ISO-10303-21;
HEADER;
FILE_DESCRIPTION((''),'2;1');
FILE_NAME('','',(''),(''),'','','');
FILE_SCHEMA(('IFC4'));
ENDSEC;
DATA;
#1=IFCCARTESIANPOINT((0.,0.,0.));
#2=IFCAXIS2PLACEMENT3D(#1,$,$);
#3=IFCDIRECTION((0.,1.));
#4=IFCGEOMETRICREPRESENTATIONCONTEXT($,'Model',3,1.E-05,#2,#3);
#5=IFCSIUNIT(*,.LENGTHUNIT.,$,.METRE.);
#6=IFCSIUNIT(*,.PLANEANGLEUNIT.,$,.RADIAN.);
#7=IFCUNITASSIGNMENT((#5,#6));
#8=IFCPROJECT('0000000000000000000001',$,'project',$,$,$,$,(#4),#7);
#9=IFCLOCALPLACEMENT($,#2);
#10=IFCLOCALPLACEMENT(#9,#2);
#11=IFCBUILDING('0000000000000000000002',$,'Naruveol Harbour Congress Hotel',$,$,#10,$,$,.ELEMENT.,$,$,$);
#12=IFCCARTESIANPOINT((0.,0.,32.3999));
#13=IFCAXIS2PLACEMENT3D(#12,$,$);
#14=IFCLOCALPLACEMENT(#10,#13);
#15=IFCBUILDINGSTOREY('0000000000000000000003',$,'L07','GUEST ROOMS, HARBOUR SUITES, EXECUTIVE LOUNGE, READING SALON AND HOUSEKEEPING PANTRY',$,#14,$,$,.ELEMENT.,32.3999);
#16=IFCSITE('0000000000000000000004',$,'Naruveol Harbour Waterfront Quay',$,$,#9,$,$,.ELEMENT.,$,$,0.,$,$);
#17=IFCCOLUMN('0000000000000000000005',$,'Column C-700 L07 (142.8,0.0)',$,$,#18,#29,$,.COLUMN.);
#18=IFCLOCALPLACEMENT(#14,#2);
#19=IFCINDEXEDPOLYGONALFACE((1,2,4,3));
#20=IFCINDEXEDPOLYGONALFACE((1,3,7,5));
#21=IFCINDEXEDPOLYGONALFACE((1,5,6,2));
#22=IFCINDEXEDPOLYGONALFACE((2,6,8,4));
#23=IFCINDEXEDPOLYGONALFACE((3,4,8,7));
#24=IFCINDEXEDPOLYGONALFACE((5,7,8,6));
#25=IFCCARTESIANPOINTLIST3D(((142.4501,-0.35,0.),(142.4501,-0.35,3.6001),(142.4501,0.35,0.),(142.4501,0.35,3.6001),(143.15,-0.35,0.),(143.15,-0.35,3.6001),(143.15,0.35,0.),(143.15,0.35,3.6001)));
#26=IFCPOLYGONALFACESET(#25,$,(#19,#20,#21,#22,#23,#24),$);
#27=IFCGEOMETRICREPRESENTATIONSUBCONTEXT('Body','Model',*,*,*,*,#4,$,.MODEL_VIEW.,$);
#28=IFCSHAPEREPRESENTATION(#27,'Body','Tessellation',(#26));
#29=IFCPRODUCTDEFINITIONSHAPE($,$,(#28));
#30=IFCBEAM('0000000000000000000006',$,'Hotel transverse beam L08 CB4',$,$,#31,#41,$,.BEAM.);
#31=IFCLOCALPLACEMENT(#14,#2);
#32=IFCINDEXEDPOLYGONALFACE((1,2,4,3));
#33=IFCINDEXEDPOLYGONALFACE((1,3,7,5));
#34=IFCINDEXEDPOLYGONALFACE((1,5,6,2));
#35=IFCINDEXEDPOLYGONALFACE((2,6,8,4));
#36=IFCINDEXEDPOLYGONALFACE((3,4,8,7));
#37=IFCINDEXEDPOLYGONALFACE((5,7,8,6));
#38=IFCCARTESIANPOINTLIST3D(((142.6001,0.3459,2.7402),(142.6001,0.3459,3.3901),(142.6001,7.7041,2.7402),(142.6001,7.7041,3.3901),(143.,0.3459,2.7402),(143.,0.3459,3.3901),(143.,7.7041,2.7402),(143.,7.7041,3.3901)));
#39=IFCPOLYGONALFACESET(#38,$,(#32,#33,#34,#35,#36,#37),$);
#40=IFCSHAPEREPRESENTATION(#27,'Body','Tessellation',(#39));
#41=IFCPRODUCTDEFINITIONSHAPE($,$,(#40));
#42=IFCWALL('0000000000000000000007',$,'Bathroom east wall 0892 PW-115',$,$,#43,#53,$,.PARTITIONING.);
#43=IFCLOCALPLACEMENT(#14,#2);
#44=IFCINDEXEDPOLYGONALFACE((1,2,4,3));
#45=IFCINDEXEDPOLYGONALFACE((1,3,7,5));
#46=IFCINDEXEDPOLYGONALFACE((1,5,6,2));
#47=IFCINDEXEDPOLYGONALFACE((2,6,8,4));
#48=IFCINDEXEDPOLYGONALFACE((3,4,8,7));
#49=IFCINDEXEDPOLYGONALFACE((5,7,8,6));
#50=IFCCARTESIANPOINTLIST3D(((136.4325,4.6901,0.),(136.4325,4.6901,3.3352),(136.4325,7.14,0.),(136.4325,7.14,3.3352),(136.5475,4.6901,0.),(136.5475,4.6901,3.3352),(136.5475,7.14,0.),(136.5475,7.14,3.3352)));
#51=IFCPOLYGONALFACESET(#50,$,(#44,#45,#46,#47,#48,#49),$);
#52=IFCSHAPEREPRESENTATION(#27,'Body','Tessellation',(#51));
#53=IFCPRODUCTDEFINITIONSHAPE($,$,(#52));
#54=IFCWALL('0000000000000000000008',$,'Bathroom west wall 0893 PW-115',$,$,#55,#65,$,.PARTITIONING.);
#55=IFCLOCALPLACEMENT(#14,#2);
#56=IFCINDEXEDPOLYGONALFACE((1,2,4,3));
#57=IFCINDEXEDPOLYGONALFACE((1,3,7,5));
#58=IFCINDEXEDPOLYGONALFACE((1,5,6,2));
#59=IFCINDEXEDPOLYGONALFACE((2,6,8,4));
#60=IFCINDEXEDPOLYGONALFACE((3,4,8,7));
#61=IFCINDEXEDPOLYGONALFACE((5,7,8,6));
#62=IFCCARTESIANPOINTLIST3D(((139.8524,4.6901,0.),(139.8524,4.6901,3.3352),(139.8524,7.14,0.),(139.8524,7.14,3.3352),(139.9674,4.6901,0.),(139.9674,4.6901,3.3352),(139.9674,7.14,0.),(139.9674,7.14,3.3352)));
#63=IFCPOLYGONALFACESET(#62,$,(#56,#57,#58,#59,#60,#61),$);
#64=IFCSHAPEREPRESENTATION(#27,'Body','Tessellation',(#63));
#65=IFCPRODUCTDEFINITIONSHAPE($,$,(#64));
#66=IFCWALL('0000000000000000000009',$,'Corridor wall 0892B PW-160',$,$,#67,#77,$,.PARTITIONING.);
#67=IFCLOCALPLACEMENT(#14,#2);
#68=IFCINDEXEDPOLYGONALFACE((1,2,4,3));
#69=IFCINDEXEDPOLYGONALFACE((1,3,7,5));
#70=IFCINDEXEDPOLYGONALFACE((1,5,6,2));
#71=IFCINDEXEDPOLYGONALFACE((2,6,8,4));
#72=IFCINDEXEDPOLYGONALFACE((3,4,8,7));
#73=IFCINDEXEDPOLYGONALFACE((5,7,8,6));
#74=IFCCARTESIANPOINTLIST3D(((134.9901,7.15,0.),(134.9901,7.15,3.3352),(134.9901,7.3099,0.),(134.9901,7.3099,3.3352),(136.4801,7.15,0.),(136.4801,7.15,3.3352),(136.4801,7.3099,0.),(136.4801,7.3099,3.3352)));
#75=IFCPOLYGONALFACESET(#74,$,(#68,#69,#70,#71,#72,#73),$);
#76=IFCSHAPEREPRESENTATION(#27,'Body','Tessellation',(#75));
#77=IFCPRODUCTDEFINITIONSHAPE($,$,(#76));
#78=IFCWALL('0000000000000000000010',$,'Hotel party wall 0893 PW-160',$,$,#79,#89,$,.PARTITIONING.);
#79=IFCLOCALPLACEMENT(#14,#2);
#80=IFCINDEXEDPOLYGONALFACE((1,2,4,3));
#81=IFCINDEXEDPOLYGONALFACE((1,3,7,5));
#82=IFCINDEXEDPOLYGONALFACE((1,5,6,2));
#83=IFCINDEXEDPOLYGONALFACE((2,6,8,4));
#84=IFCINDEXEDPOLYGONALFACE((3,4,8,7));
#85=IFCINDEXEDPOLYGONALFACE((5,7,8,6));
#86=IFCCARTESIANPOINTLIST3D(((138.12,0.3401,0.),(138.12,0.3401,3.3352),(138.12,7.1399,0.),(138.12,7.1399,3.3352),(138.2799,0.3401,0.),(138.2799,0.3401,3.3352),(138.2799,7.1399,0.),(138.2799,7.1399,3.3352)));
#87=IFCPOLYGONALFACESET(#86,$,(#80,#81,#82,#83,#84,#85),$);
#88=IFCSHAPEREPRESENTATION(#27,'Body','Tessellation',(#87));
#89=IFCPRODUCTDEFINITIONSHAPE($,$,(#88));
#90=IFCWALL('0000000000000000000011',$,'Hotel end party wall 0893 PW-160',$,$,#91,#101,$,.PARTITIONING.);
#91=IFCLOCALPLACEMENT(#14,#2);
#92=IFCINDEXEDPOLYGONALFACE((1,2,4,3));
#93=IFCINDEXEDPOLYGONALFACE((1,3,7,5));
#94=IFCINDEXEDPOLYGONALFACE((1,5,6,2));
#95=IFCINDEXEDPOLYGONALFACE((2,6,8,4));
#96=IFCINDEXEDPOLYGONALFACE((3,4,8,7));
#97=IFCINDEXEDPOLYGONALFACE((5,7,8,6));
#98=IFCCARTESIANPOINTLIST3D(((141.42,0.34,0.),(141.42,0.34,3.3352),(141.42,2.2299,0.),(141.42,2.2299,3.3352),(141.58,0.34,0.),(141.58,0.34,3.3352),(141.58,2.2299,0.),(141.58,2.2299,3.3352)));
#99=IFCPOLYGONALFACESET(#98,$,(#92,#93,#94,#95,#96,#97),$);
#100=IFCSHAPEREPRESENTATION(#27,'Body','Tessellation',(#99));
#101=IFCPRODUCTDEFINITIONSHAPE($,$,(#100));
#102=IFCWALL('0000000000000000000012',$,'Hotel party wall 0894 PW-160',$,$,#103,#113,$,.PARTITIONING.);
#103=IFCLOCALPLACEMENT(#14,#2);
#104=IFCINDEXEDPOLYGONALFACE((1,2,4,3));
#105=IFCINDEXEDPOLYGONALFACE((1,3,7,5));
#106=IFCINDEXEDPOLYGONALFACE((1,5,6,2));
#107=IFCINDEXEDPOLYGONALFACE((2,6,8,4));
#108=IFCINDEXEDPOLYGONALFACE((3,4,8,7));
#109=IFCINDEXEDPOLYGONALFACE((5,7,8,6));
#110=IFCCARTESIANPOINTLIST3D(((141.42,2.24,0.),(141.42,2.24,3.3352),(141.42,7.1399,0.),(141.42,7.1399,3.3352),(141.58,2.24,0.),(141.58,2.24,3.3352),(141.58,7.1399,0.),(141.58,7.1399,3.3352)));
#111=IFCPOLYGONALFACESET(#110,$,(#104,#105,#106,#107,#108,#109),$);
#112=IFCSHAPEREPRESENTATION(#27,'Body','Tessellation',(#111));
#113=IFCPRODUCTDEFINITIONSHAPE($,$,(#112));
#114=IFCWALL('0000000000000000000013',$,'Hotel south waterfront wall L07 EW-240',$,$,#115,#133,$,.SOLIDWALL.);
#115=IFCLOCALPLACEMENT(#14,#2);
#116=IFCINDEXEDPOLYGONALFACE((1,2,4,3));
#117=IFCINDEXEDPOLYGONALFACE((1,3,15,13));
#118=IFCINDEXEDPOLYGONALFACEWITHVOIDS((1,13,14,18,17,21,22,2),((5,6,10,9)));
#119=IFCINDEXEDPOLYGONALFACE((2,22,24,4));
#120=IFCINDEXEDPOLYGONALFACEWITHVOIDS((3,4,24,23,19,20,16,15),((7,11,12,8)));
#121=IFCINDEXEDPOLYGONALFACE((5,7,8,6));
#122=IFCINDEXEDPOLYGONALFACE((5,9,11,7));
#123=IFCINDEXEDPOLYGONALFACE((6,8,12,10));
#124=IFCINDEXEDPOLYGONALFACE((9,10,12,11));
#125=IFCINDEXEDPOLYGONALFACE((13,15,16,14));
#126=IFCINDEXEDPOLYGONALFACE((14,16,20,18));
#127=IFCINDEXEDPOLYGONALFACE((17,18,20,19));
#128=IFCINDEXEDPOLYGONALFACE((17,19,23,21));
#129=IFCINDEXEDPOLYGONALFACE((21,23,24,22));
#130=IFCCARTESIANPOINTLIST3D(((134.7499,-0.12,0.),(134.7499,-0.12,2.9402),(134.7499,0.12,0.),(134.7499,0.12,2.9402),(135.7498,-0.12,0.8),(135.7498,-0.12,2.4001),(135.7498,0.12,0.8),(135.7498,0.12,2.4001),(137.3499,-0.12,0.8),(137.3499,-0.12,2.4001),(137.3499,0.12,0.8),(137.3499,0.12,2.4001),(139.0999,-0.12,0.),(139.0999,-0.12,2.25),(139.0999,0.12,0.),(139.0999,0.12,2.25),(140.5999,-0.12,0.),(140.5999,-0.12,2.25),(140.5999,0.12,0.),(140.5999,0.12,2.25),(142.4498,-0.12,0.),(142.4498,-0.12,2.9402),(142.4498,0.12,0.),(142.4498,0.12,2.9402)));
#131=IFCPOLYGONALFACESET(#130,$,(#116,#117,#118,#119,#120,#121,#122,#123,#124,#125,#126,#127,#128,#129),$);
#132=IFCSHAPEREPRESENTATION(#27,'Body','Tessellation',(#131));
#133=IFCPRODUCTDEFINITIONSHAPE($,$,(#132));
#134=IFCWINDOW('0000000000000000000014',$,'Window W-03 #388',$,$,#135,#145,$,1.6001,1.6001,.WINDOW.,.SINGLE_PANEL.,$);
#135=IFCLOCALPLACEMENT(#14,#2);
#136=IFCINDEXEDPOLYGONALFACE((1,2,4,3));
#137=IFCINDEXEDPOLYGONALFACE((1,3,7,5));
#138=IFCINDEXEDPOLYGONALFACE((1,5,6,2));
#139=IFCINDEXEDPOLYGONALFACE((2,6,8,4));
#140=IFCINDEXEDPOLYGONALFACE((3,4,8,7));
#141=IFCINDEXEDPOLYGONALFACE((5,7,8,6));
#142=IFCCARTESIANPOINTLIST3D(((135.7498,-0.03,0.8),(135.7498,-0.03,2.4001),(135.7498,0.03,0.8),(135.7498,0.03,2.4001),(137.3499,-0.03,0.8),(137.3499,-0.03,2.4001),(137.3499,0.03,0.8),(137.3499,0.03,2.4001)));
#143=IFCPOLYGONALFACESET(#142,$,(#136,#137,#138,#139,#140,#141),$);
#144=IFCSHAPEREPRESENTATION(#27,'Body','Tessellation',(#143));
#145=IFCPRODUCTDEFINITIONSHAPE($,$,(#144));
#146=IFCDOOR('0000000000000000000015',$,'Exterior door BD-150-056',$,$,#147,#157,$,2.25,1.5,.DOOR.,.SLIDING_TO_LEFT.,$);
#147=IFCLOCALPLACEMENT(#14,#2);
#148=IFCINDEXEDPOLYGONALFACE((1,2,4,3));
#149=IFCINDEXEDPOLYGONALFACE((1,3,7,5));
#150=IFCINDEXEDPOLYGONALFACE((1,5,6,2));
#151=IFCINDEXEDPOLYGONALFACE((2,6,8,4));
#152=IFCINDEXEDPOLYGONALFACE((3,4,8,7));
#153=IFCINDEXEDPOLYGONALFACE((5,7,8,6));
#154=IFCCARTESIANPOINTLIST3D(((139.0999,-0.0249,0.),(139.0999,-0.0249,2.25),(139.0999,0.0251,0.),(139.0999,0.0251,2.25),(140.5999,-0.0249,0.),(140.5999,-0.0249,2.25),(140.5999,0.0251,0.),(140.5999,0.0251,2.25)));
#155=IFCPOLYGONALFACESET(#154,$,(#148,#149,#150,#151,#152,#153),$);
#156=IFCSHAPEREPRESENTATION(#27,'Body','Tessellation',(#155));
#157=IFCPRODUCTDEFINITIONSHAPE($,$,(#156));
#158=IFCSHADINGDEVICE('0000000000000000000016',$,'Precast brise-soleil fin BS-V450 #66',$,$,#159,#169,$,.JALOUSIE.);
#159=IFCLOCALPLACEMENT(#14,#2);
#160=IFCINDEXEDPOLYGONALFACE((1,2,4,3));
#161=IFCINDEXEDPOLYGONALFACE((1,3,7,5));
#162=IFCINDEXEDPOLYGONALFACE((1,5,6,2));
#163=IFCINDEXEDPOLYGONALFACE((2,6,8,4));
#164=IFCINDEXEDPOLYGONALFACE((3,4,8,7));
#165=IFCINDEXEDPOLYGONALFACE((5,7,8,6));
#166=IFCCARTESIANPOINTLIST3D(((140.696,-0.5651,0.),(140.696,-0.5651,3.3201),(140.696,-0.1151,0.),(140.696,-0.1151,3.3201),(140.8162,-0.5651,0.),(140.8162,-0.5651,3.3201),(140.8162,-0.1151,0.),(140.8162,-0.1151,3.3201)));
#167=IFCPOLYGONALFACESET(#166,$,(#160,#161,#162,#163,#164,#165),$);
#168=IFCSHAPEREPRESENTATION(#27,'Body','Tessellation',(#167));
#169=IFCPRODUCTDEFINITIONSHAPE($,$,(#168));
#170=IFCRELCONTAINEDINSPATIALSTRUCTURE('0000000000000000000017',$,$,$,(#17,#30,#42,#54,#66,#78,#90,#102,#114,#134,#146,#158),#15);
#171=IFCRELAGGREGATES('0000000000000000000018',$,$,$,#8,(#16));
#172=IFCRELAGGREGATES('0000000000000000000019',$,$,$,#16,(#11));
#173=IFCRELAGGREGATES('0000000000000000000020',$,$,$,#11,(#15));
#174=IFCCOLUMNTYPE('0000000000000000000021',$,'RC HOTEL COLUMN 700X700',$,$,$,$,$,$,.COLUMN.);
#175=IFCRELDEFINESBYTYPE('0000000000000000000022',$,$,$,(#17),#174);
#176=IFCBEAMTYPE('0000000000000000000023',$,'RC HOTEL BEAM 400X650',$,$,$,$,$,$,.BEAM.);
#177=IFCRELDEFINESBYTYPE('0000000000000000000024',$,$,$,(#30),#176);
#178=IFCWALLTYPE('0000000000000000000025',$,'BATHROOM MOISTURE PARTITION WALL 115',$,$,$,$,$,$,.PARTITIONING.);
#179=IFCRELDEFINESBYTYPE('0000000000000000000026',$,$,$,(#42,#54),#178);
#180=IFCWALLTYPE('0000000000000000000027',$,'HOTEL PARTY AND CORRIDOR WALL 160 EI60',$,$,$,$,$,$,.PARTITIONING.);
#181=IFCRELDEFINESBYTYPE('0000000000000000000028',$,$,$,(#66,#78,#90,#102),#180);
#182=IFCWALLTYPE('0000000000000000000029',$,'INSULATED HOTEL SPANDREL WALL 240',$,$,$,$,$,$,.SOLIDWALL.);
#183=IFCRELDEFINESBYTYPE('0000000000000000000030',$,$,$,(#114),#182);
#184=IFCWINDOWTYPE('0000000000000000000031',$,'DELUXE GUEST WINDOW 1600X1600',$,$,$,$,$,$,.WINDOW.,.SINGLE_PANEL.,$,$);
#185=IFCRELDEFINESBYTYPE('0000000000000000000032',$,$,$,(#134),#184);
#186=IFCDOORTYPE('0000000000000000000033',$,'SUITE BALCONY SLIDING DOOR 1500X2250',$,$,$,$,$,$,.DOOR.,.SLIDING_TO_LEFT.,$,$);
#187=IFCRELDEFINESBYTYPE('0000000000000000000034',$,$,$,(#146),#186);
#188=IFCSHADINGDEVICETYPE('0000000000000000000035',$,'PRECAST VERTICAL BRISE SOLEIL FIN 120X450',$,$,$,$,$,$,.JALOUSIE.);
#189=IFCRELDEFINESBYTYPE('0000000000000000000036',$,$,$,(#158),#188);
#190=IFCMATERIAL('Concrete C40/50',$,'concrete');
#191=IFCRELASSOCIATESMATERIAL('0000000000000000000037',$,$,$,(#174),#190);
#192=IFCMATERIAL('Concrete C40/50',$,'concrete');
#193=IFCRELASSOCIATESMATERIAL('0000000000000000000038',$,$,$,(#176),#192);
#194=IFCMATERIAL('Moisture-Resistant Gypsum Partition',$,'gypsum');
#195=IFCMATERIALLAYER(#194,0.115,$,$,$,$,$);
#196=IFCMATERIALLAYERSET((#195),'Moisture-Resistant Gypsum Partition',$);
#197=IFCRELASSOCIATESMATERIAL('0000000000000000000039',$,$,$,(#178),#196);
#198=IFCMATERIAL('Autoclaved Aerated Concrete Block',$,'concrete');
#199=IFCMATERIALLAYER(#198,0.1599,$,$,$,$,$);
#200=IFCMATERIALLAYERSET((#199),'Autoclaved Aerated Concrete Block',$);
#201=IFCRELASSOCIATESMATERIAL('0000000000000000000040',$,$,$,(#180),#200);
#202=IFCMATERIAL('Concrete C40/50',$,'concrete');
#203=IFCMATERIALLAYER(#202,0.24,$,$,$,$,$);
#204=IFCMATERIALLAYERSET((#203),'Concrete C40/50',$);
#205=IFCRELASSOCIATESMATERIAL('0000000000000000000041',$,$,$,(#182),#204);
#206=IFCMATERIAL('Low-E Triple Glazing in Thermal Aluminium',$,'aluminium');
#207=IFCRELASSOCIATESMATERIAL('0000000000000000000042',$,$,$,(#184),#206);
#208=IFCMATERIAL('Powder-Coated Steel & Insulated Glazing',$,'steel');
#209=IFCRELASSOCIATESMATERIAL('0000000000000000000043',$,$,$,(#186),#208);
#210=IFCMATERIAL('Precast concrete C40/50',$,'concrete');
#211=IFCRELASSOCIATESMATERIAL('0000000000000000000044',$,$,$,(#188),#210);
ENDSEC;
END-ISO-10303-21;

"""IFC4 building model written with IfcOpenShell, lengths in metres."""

from ifc_helpers import new_model, si_unit, direction, frame, frame_2d, origin, origin_2d, place, context, subcontext, project, spatial, rectangle, extrude, material, layer, layer_set, material_profile, profile_set, type_object, element, fill, save


model = new_model("IFC4")

# Units and contexts
model_context = context("Model", 3, precision=1e-05, world=origin(), true_north=direction((0.0, 1.0)))
body_context = subcontext(model_context, "Body", "Model", "MODEL_VIEW")
ifc_project = project(units=[si_unit("LENGTHUNIT", "METRE"), si_unit("PLANEANGLEUNIT", "RADIAN")], contexts=[model_context])

# Site, building, storey
site_placement = place(None, origin())
site = spatial("IfcSite", under=ifc_project, at=site_placement, Name="Naruveol Harbour Waterfront Quay", CompositionType="ELEMENT", RefElevation=0.0)
building_placement = place(site_placement, origin())
building = spatial("IfcBuilding", under=site, at=building_placement, Name="Naruveol Harbour Congress Hotel", CompositionType="ELEMENT")
storey_placement = place(building_placement, frame((0.0, 0.0, 32.3999)))
storey = spatial("IfcBuildingStorey", under=building, at=storey_placement, Name="L07", Description="GUEST ROOMS, HARBOUR SUITES, EXECUTIVE LOUNGE, READING SALON AND HOUSEKEEPING PANTRY", CompositionType="ELEMENT", Elevation=32.3999)

# Column
ifc_material_1 = material(Name="Concrete C40/50", Category="concrete")
ifc_material_profile_1 = material_profile(ifc_material_1, rectangle(XDim=0.7, YDim=0.7, at=origin_2d()), Name="RC-700x700")
ifc_profile_set_1 = profile_set([ifc_material_profile_1], Name="Concrete C40/50")
column_type = type_object("IfcColumnType", Name="RC HOTEL COLUMN 700X700", PredefinedType="COLUMN", material=ifc_profile_set_1)
column_placement = place(storey_placement, frame((142.8, 0.0, 0.0), z_axis=(0.0, 0.0, 1.0), x_axis=(1.0, 0.0, 0.0)))
element("IfcColumn", 1, at=column_placement, inside=storey, type_object=column_type, Name="Column C-700 L07 (142.8,0.0)", PredefinedType="COLUMN", context=body_context, shape_type="SweptSolid", body=[
    extrude(rectangle(XDim=0.7, YDim=0.7, at=origin_2d()), origin(), (0.0, 0.0, 1.0), 3.6001),
])

# Beam
ifc_material_2 = material(Name="Concrete C40/50", Category="concrete")
ifc_material_profile_2 = material_profile(ifc_material_2, rectangle(XDim=0.3999, YDim=0.6499, at=origin_2d()), Name="RCB-400x650")
ifc_profile_set_2 = profile_set([ifc_material_profile_2], Name="Concrete C40/50")
beam_type = type_object("IfcBeamType", Name="RC HOTEL BEAM 400X650", PredefinedType="BEAM", material=ifc_profile_set_2)
beam_placement = place(storey_placement, frame((142.8, 0.3459, 3.0652), z_axis=(0.0, 1.0, 0.0), x_axis=(-1.0, 0.0, 0.0)))
element("IfcBeam", 2, at=beam_placement, inside=storey, type_object=beam_type, Name="Hotel transverse beam L08 CB4", PredefinedType="BEAM", context=body_context, shape_type="SweptSolid", body=[
    extrude(rectangle(XDim=0.3999, YDim=0.6499, at=origin_2d()), origin(), (0.0, 0.0, 1.0), 7.3582),
])

# Wall
ifc_material_3 = material(Name="Moisture-Resistant Gypsum Partition", Category="gypsum")
ifc_layer_1 = layer(ifc_material_3, 0.115)
ifc_layer_set_1 = layer_set([ifc_layer_1], Name="Moisture-Resistant Gypsum Partition")
wall_type_1 = type_object("IfcWallType", Name="BATHROOM MOISTURE PARTITION WALL 115", PredefinedType="PARTITIONING", material=ifc_layer_set_1)
wall_1_placement = place(storey_placement, frame((136.49, 4.6899, 0.0), z_axis=(0.0, 0.0, 1.0), x_axis=(0.0, 1.0, 0.0)))
element("IfcWall", 3, at=wall_1_placement, inside=storey, type_object=wall_type_1, Name="Bathroom east wall 0892 PW-115", PredefinedType="PARTITIONING", context=body_context, shape_type="SweptSolid", body=[
    extrude(rectangle(XDim=2.45, YDim=0.115, at=frame_2d((1.2251, 0.0))), origin(), (0.0, 0.0, 1.0), 3.3352),
])

# Wall
wall_2_placement = place(storey_placement, frame((139.9099, 4.6899, 0.0), z_axis=(0.0, 0.0, 1.0), x_axis=(0.0, 1.0, 0.0)))
element("IfcWall", 4, at=wall_2_placement, inside=storey, type_object=wall_type_1, Name="Bathroom west wall 0893 PW-115", PredefinedType="PARTITIONING", context=body_context, shape_type="SweptSolid", body=[
    extrude(rectangle(XDim=2.45, YDim=0.115, at=frame_2d((1.2251, 0.0))), origin(), (0.0, 0.0, 1.0), 3.3352),
])

# Walls
ifc_material_4 = material(Name="Autoclaved Aerated Concrete Block", Category="concrete")
ifc_layer_2 = layer(ifc_material_4, 0.1599)
ifc_layer_set_2 = layer_set([ifc_layer_2], Name="Autoclaved Aerated Concrete Block")
wall_type_2 = type_object("IfcWallType", Name="HOTEL PARTY AND CORRIDOR WALL 160 EI60", PredefinedType="PARTITIONING", material=ifc_layer_set_2)
wall_3_placement = place(storey_placement, frame((134.99, 7.23, 0.0), z_axis=(0.0, 0.0, 1.0), x_axis=(1.0, 0.0, 0.0)))
element("IfcWall", 5, at=wall_3_placement, inside=storey, type_object=wall_type_2, Name="Corridor wall 0892B PW-160", PredefinedType="PARTITIONING", context=body_context, shape_type="SweptSolid", body=[
    extrude(rectangle(XDim=1.49, YDim=0.1599, at=frame_2d((0.7451, 0.0))), origin(), (0.0, 0.0, 1.0), 3.3352),
])
wall_4_placement = place(storey_placement, frame((138.2, 0.3401, 0.0), z_axis=(0.0, 0.0, 1.0), x_axis=(0.0, 1.0, 0.0)))
element("IfcWall", 6, at=wall_4_placement, inside=storey, type_object=wall_type_2, Name="Hotel party wall 0893 PW-160", PredefinedType="PARTITIONING", context=body_context, shape_type="SweptSolid", body=[
    extrude(rectangle(XDim=6.7998, YDim=0.1599, at=frame_2d((3.3999, 0.0))), origin(), (0.0, 0.0, 1.0), 3.3352),
])
wall_5_placement = place(storey_placement, frame((141.5, 0.3401, 0.0), z_axis=(0.0, 0.0, 1.0), x_axis=(0.0, 1.0, 0.0)))
element("IfcWall", 7, at=wall_5_placement, inside=storey, type_object=wall_type_2, Name="Hotel end party wall 0893 PW-160", PredefinedType="PARTITIONING", context=body_context, shape_type="SweptSolid", body=[
    extrude(rectangle(XDim=1.8899, YDim=0.1599, at=frame_2d((0.9448, 0.0))), origin(), (0.0, 0.0, 1.0), 3.3352),
])
wall_6_placement = place(storey_placement, frame((141.5, 2.24, 0.0), z_axis=(0.0, 0.0, 1.0), x_axis=(0.0, 1.0, 0.0)))
element("IfcWall", 8, at=wall_6_placement, inside=storey, type_object=wall_type_2, Name="Hotel party wall 0894 PW-160", PredefinedType="PARTITIONING", context=body_context, shape_type="SweptSolid", body=[
    extrude(rectangle(XDim=4.8999, YDim=0.1599, at=frame_2d((2.45, 0.0))), origin(), (0.0, 0.0, 1.0), 3.3352),
])

# Wall, openings, window, door
ifc_material_5 = material(Name="Concrete C40/50", Category="concrete")
ifc_layer_3 = layer(ifc_material_5, 0.24)
ifc_layer_set_3 = layer_set([ifc_layer_3], Name="Concrete C40/50")
wall_type_3 = type_object("IfcWallType", Name="INSULATED HOTEL SPANDREL WALL 240", PredefinedType="SOLIDWALL", material=ifc_layer_set_3)
wall_7_placement = place(storey_placement, frame((142.45, 0.0, 0.0), z_axis=(0.0, 0.0, 1.0), x_axis=(-1.0, 0.0, 0.0)))
wall_7 = element("IfcWall", 9, at=wall_7_placement, inside=storey, type_object=wall_type_3, Name="Hotel south waterfront wall L07 EW-240", PredefinedType="SOLIDWALL", context=body_context, shape_type="SweptSolid", body=[
    extrude(rectangle(XDim=7.7, YDim=0.24, at=frame_2d((3.8501, 0.0))), origin(), (0.0, 0.0, 1.0), 2.9402),
])
opening_1_placement = place(wall_7_placement, frame((1.8501, 0.0, 0.0)))
opening_1 = element("IfcOpeningElement", 10, at=opening_1_placement, cuts=wall_7, PredefinedType="OPENING", context=body_context, shape_type="SweptSolid", body=[
    extrude(rectangle(XDim=1.5, YDim=2.25, at=frame_2d((0.75, 1.125))), frame((0.0, 0.1299, 0.0), z_axis=(0.0, -1.0, 0.0), x_axis=(1.0, 0.0, 0.0)), (0.0, 0.0, 1.0), 0.26),
])
opening_2_placement = place(wall_7_placement, frame((5.1001, 0.0, 0.8)))
opening_2 = element("IfcOpeningElement", 11, at=opening_2_placement, cuts=wall_7, PredefinedType="OPENING", context=body_context, shape_type="SweptSolid", body=[
    extrude(rectangle(XDim=1.6001, YDim=1.6001, at=frame_2d((0.8, 0.8))), frame((0.0, 0.1299, 0.0), z_axis=(0.0, -1.0, 0.0), x_axis=(1.0, 0.0, 0.0)), (0.0, 0.0, 1.0), 0.26),
])
ifc_material_6 = material(Name="Low-E Triple Glazing in Thermal Aluminium", Category="aluminium")
window_type = type_object("IfcWindowType", Name="DELUXE GUEST WINDOW 1600X1600", PartitioningType="SINGLE_PANEL", PredefinedType="WINDOW", material=ifc_material_6)
window_placement = place(opening_2_placement, origin())
window = element("IfcWindow", 12, at=window_placement, inside=storey, type_object=window_type, Name="Window W-03 #388", OverallHeight=1.6001, OverallWidth=1.6001, PartitioningType="SINGLE_PANEL", PredefinedType="WINDOW", context=body_context, shape_type="SweptSolid", body=[
    extrude(rectangle(XDim=1.6001, YDim=1.6001, at=frame_2d((0.8, 0.8))), frame((0.0, 0.03, 0.0), z_axis=(0.0, -1.0, 0.0), x_axis=(1.0, 0.0, 0.0)), (0.0, 0.0, 1.0), 0.0601),
])
fill(opening_2, window)
ifc_material_7 = material(Name="Powder-Coated Steel & Insulated Glazing", Category="steel")
door_type_1 = type_object("IfcDoorType", Name="SUITE BALCONY SLIDING DOOR 1500X2250", OperationType="SLIDING_TO_LEFT", PredefinedType="DOOR", material=ifc_material_7)
door_1_placement = place(opening_1_placement, origin())
door_1 = element("IfcDoor", 13, at=door_1_placement, inside=storey, type_object=door_type_1, Name="Exterior door BD-150-056", OperationType="SLIDING_TO_LEFT", OverallHeight=2.25, OverallWidth=1.5, PredefinedType="DOOR", context=body_context, shape_type="SweptSolid", body=[
    extrude(rectangle(XDim=1.5, YDim=2.25, at=frame_2d((0.75, 1.125))), frame((0.0, 0.0249, 0.0), z_axis=(0.0, -1.0, 0.0), x_axis=(1.0, 0.0, 0.0)), (0.0, 0.0, 1.0), 0.05),
])
fill(opening_1, door_1)

# Shading device
ifc_material_8 = material(Name="Precast concrete C40/50", Category="concrete")
shading_device_type = type_object("IfcShadingDeviceType", Name="PRECAST VERTICAL BRISE SOLEIL FIN 120X450", PredefinedType="JALOUSIE", material=ifc_material_8)
for number, where, z_axis, x_axis, name in (
    (14, (140.7561, -0.3401, 0.0), (0.0, 0.0, 1.0), (-1.0, 0.0, 0.0), "Precast brise-soleil fin BS-V450 #66"),
):
    element("IfcShadingDevice", number, at=place(storey_placement, frame(where, z_axis=z_axis, x_axis=x_axis)), inside=storey, type_object=shading_device_type, Name=name, PredefinedType="JALOUSIE", context=body_context, shape_type="SweptSolid", body=[
        extrude(rectangle(XDim=0.1201, YDim=0.45, at=origin_2d()), origin(), (0.0, 0.0, 1.0), 3.3201),
    ])

save(model, "model.ifc")
